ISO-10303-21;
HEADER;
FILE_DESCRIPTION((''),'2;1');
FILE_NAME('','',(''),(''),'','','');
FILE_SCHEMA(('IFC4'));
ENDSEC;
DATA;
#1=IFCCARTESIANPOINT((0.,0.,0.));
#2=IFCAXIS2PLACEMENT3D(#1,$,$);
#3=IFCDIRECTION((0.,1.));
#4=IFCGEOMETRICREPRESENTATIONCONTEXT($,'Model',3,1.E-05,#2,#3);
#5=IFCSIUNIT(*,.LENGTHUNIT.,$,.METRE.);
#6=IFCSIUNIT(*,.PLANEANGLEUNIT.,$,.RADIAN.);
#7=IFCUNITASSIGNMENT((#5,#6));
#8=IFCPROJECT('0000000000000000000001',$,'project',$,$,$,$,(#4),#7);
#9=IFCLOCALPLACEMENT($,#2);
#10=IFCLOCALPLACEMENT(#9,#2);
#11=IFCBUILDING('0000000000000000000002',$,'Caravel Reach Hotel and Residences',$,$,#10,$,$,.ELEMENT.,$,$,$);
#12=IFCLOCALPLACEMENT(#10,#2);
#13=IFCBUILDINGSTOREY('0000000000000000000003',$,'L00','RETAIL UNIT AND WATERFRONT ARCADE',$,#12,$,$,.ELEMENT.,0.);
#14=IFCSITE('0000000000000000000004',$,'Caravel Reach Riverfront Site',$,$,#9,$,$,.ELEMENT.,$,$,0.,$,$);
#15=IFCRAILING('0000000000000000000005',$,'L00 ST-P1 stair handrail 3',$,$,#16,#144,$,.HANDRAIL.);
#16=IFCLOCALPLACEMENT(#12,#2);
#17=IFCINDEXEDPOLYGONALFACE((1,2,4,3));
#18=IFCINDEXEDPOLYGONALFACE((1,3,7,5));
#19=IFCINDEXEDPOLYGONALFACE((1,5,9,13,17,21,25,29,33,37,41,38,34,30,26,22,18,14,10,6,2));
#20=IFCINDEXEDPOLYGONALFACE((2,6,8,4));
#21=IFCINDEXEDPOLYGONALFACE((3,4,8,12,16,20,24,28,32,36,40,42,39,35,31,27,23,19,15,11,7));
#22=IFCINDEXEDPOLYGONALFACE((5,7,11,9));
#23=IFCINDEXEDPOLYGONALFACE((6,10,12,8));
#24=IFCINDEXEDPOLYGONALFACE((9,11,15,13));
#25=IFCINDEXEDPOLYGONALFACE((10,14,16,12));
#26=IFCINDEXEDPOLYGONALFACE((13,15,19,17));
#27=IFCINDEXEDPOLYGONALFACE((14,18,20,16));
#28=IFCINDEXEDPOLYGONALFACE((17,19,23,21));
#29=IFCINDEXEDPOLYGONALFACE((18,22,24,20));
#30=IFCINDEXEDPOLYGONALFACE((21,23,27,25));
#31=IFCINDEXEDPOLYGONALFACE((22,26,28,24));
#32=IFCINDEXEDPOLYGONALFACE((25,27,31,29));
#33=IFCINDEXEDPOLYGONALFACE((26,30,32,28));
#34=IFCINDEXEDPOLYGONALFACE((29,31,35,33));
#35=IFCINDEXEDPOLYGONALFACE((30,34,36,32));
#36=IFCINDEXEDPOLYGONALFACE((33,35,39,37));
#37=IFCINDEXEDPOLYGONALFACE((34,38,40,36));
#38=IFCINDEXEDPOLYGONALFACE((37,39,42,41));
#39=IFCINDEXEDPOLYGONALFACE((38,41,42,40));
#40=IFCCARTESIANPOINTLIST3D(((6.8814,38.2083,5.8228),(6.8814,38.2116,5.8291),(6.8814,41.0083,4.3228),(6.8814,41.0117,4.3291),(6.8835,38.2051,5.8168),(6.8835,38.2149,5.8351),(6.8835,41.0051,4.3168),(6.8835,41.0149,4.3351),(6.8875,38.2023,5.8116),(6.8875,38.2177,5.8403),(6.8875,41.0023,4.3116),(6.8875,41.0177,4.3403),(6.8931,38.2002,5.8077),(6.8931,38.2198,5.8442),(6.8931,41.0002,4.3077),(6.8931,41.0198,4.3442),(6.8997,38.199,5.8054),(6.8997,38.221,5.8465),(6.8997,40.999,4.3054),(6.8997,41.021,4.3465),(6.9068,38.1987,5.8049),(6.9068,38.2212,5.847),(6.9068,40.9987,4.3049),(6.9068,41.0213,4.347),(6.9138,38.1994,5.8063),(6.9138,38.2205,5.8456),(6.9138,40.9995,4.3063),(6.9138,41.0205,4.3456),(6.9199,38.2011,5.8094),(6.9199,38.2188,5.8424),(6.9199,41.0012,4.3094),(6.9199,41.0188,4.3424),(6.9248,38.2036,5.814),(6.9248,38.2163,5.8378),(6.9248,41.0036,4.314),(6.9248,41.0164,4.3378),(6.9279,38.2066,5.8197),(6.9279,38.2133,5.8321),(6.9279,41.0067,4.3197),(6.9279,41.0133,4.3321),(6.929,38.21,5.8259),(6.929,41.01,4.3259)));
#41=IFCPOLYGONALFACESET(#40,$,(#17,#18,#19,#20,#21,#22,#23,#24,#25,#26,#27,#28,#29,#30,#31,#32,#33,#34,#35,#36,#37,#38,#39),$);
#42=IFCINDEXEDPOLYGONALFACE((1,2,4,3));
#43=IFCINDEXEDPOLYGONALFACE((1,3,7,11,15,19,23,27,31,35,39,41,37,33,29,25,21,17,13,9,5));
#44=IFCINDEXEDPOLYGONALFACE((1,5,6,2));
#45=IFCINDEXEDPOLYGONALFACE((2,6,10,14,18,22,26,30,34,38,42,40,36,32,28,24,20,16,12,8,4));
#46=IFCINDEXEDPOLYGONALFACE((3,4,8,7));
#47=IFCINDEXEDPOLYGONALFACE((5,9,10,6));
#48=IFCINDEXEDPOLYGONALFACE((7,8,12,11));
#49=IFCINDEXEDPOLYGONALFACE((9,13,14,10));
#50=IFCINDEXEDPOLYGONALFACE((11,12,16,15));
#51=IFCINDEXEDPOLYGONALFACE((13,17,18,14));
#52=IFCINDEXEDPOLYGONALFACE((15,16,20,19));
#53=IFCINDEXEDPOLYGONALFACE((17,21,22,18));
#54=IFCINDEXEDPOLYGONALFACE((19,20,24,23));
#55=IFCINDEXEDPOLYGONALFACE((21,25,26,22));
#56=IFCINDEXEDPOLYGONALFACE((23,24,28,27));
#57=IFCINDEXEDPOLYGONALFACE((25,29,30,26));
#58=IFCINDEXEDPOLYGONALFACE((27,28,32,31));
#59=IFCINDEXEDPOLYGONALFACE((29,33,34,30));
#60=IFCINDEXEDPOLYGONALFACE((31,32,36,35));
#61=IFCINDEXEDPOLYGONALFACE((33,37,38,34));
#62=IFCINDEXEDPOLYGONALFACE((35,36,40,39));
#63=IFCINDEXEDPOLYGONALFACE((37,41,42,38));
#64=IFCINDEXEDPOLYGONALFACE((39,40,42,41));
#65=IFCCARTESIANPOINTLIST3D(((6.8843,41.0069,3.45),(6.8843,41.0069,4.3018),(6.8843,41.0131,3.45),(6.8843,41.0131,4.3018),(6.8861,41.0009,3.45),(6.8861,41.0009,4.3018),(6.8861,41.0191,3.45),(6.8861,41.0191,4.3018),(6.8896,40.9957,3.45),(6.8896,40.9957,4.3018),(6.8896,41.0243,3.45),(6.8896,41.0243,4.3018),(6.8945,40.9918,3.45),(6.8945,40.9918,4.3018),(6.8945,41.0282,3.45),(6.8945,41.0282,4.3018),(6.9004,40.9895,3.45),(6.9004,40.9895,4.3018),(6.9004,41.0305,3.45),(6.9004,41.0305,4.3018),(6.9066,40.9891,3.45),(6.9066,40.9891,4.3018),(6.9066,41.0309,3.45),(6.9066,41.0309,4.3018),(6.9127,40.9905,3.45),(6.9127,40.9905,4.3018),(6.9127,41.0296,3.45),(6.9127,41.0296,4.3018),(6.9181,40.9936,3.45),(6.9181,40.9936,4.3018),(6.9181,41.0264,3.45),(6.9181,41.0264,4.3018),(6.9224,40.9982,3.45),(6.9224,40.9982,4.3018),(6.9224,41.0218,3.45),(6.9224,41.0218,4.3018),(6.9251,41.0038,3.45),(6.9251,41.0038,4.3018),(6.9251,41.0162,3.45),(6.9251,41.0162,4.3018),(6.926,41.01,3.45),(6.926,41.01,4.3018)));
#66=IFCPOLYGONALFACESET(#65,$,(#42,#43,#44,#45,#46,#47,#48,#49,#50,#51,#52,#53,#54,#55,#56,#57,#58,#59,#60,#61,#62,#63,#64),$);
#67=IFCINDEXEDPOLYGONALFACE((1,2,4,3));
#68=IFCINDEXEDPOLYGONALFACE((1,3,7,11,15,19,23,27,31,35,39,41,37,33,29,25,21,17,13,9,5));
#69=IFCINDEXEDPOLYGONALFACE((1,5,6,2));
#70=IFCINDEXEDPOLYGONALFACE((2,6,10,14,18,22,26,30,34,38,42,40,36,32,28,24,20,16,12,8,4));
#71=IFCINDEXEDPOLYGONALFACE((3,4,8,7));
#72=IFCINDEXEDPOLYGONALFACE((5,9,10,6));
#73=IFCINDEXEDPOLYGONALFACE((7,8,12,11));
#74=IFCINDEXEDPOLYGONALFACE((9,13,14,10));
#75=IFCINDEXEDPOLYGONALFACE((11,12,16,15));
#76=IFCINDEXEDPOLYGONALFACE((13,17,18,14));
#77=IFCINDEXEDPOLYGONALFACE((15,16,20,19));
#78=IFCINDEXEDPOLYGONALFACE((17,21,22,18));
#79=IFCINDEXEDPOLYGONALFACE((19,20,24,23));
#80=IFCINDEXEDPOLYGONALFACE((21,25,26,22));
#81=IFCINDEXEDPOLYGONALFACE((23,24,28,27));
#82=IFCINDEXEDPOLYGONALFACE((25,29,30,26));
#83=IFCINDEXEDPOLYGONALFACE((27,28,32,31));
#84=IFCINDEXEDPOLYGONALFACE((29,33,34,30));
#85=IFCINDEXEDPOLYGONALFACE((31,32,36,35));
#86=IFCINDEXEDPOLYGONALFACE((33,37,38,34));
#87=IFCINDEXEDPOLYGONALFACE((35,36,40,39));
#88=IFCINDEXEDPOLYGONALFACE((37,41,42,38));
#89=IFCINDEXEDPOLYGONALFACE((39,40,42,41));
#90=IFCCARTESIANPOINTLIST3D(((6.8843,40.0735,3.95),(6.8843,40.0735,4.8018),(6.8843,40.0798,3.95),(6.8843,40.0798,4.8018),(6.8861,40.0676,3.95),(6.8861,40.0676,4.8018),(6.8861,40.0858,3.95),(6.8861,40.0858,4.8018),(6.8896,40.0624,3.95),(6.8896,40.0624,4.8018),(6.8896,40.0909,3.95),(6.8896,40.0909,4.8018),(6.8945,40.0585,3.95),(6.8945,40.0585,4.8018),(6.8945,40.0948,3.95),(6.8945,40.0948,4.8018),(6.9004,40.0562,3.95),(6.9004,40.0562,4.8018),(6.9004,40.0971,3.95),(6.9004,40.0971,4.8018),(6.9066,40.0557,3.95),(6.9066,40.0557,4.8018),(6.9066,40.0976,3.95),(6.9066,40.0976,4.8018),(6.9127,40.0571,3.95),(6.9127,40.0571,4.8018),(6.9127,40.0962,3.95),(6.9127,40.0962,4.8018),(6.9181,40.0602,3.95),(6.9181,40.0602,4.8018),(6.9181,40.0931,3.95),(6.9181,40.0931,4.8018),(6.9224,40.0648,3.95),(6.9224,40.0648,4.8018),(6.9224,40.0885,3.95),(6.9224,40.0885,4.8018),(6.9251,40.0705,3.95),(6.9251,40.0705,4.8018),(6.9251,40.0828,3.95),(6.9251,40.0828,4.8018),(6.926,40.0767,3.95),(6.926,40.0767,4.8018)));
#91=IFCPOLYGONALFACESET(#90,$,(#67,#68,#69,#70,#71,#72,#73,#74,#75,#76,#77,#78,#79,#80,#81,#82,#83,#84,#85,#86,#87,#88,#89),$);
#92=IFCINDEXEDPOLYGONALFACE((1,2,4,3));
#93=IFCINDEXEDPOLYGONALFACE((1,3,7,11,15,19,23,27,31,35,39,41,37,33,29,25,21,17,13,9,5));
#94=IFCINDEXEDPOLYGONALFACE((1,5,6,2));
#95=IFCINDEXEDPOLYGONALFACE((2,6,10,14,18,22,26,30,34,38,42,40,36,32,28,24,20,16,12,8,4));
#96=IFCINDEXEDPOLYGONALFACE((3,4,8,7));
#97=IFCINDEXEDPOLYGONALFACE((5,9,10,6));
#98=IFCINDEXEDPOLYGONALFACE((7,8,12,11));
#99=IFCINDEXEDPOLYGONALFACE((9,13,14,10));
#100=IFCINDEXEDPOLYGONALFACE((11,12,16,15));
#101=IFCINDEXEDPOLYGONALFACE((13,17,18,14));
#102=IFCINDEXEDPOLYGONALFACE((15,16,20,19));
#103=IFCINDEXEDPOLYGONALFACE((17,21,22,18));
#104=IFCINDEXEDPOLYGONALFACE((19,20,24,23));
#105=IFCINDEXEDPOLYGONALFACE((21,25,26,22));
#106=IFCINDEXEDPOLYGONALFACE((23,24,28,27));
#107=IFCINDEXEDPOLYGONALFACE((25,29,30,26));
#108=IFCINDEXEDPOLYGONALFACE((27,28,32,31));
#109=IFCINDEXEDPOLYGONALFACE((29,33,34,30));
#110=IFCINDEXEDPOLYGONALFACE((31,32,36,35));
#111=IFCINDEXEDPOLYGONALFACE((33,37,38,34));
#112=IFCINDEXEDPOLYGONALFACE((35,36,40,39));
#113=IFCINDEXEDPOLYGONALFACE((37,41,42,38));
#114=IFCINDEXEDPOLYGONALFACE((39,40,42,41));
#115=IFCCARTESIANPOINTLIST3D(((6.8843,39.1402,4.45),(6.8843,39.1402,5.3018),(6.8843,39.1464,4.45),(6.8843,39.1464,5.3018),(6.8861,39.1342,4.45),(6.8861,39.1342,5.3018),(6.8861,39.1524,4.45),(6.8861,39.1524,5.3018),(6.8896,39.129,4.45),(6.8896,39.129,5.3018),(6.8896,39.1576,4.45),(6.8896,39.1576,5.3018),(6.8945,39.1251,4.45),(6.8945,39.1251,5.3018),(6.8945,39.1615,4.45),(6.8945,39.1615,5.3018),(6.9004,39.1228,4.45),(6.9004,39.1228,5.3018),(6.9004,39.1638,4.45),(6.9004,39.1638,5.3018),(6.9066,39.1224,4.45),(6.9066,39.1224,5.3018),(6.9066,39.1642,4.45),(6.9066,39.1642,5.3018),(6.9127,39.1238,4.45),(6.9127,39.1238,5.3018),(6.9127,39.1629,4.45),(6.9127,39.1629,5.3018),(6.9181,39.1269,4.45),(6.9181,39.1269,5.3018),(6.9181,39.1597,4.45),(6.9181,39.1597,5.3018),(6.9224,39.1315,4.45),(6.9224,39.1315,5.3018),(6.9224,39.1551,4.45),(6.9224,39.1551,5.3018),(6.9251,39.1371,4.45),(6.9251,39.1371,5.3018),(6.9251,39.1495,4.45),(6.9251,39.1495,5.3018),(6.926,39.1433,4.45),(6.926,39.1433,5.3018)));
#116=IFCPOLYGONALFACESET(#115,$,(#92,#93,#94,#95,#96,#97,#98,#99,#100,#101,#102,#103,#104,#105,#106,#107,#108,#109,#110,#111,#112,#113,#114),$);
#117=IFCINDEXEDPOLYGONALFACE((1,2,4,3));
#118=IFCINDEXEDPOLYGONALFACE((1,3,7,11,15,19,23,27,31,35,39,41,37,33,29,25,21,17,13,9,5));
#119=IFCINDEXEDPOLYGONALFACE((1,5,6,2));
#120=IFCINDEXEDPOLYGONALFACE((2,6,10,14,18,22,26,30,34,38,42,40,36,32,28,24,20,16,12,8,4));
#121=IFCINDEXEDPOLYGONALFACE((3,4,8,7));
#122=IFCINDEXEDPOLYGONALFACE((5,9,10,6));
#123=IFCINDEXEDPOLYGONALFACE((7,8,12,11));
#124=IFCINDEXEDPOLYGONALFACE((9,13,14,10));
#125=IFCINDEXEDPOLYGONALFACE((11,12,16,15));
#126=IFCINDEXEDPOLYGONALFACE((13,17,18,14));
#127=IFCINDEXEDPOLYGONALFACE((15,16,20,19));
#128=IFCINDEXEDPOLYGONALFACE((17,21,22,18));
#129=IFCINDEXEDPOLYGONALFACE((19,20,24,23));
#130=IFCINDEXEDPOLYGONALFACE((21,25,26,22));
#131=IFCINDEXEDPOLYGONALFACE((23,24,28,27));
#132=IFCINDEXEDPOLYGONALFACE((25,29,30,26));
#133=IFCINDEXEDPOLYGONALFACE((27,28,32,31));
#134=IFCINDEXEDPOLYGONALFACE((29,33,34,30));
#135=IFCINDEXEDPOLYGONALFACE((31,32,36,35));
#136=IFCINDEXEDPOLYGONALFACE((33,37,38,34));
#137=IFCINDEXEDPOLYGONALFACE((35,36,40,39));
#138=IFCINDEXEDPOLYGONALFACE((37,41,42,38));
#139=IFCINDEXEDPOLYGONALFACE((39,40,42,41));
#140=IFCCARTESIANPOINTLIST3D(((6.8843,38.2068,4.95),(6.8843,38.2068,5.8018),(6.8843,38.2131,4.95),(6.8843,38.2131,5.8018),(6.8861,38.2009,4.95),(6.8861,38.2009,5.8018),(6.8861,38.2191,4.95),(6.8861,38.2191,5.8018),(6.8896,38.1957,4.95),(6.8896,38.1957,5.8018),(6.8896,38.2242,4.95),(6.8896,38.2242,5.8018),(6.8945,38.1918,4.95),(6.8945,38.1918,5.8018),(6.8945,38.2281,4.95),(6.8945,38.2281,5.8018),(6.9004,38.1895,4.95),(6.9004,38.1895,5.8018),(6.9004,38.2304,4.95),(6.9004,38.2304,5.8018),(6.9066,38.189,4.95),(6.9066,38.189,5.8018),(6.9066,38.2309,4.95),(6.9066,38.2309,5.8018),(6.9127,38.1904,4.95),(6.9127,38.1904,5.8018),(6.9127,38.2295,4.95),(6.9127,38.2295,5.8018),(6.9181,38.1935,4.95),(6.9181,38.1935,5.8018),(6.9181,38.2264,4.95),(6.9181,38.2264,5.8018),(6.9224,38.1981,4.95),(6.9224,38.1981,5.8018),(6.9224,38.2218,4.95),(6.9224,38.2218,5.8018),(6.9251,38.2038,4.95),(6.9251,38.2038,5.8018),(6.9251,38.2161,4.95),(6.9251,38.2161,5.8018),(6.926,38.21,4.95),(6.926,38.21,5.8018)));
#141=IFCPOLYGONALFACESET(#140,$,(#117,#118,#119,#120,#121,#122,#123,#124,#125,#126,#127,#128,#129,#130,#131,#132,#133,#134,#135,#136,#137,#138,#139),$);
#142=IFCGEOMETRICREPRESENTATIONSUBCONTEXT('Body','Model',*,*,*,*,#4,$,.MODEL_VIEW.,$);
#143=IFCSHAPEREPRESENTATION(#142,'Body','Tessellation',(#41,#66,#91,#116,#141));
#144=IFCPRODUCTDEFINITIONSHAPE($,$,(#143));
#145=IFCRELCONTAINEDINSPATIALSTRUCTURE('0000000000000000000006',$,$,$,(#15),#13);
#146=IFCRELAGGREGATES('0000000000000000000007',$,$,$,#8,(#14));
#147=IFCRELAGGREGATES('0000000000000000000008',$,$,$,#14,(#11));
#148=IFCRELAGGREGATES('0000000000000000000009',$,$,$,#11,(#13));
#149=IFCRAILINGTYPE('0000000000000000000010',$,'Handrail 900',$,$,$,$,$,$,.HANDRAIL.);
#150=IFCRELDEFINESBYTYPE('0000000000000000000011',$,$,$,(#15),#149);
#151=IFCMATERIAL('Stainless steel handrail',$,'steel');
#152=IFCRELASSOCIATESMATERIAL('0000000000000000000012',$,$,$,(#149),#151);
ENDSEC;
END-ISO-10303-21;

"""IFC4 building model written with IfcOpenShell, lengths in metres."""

from ifc_helpers import new_model, si_unit, direction, frame, origin, origin_2d, place, context, subcontext, project, spatial, circle, extrude, material, type_object, element, save


model = new_model("IFC4")

# Units and contexts
model_context = context("Model", 3, precision=1e-05, world=origin(), true_north=direction((0.0, 1.0)))
body_context = subcontext(model_context, "Body", "Model", "MODEL_VIEW")
ifc_project = project(units=[si_unit("LENGTHUNIT", "METRE"), si_unit("PLANEANGLEUNIT", "RADIAN")], contexts=[model_context])

# Site, building, storey
site_placement = place(None, origin())
site = spatial("IfcSite", under=ifc_project, at=site_placement, Name="Caravel Reach Riverfront Site", CompositionType="ELEMENT", RefElevation=0.0)
building_placement = place(site_placement, origin())
building = spatial("IfcBuilding", under=site, at=building_placement, Name="Caravel Reach Hotel and Residences", CompositionType="ELEMENT")
storey_placement = place(building_placement, origin())
storey = spatial("IfcBuildingStorey", under=building, at=storey_placement, Name="L00", Description="RETAIL UNIT AND WATERFRONT ARCADE", CompositionType="ELEMENT", Elevation=0.0)

# Railing
ifc_material_1 = material(Name="Stainless steel handrail", Category="steel")
railing_type_1 = type_object("IfcRailingType", Name="Handrail 900", PredefinedType="HANDRAIL", material=ifc_material_1)
railing_1_placement = place(storey_placement, frame((6.905, 41.01, 3.45)))
element("IfcRailing", 1, at=railing_1_placement, inside=storey, type_object=railing_type_1, Name="L00 ST-P1 stair handrail 3", PredefinedType="HANDRAIL", context=body_context, shape_type="SweptSolid", body=[
    extrude(circle(Radius=0.0239, at=origin_2d()), frame((0.0, 0.0, 0.876), z_axis=(0.0, -0.881483, 0.472215), x_axis=(1.0, 0.0, 0.0)), (0.0, 0.0, 1.0), 3.1765),
    extrude(circle(Radius=0.021, at=origin_2d()), origin(), (0.0, 0.0, 1.0), 0.8518),
    extrude(circle(Radius=0.021, at=origin_2d()), frame((0.0, -0.9333, 0.5)), (0.0, 0.0, 1.0), 0.8518),
    extrude(circle(Radius=0.021, at=origin_2d()), frame((0.0, -1.8667, 1.0)), (0.0, 0.0, 1.0), 0.8518),
    extrude(circle(Radius=0.021, at=origin_2d()), frame((0.0, -2.8, 1.5)), (0.0, 0.0, 1.0), 0.8518),
])

save(model, "model.ifc")
